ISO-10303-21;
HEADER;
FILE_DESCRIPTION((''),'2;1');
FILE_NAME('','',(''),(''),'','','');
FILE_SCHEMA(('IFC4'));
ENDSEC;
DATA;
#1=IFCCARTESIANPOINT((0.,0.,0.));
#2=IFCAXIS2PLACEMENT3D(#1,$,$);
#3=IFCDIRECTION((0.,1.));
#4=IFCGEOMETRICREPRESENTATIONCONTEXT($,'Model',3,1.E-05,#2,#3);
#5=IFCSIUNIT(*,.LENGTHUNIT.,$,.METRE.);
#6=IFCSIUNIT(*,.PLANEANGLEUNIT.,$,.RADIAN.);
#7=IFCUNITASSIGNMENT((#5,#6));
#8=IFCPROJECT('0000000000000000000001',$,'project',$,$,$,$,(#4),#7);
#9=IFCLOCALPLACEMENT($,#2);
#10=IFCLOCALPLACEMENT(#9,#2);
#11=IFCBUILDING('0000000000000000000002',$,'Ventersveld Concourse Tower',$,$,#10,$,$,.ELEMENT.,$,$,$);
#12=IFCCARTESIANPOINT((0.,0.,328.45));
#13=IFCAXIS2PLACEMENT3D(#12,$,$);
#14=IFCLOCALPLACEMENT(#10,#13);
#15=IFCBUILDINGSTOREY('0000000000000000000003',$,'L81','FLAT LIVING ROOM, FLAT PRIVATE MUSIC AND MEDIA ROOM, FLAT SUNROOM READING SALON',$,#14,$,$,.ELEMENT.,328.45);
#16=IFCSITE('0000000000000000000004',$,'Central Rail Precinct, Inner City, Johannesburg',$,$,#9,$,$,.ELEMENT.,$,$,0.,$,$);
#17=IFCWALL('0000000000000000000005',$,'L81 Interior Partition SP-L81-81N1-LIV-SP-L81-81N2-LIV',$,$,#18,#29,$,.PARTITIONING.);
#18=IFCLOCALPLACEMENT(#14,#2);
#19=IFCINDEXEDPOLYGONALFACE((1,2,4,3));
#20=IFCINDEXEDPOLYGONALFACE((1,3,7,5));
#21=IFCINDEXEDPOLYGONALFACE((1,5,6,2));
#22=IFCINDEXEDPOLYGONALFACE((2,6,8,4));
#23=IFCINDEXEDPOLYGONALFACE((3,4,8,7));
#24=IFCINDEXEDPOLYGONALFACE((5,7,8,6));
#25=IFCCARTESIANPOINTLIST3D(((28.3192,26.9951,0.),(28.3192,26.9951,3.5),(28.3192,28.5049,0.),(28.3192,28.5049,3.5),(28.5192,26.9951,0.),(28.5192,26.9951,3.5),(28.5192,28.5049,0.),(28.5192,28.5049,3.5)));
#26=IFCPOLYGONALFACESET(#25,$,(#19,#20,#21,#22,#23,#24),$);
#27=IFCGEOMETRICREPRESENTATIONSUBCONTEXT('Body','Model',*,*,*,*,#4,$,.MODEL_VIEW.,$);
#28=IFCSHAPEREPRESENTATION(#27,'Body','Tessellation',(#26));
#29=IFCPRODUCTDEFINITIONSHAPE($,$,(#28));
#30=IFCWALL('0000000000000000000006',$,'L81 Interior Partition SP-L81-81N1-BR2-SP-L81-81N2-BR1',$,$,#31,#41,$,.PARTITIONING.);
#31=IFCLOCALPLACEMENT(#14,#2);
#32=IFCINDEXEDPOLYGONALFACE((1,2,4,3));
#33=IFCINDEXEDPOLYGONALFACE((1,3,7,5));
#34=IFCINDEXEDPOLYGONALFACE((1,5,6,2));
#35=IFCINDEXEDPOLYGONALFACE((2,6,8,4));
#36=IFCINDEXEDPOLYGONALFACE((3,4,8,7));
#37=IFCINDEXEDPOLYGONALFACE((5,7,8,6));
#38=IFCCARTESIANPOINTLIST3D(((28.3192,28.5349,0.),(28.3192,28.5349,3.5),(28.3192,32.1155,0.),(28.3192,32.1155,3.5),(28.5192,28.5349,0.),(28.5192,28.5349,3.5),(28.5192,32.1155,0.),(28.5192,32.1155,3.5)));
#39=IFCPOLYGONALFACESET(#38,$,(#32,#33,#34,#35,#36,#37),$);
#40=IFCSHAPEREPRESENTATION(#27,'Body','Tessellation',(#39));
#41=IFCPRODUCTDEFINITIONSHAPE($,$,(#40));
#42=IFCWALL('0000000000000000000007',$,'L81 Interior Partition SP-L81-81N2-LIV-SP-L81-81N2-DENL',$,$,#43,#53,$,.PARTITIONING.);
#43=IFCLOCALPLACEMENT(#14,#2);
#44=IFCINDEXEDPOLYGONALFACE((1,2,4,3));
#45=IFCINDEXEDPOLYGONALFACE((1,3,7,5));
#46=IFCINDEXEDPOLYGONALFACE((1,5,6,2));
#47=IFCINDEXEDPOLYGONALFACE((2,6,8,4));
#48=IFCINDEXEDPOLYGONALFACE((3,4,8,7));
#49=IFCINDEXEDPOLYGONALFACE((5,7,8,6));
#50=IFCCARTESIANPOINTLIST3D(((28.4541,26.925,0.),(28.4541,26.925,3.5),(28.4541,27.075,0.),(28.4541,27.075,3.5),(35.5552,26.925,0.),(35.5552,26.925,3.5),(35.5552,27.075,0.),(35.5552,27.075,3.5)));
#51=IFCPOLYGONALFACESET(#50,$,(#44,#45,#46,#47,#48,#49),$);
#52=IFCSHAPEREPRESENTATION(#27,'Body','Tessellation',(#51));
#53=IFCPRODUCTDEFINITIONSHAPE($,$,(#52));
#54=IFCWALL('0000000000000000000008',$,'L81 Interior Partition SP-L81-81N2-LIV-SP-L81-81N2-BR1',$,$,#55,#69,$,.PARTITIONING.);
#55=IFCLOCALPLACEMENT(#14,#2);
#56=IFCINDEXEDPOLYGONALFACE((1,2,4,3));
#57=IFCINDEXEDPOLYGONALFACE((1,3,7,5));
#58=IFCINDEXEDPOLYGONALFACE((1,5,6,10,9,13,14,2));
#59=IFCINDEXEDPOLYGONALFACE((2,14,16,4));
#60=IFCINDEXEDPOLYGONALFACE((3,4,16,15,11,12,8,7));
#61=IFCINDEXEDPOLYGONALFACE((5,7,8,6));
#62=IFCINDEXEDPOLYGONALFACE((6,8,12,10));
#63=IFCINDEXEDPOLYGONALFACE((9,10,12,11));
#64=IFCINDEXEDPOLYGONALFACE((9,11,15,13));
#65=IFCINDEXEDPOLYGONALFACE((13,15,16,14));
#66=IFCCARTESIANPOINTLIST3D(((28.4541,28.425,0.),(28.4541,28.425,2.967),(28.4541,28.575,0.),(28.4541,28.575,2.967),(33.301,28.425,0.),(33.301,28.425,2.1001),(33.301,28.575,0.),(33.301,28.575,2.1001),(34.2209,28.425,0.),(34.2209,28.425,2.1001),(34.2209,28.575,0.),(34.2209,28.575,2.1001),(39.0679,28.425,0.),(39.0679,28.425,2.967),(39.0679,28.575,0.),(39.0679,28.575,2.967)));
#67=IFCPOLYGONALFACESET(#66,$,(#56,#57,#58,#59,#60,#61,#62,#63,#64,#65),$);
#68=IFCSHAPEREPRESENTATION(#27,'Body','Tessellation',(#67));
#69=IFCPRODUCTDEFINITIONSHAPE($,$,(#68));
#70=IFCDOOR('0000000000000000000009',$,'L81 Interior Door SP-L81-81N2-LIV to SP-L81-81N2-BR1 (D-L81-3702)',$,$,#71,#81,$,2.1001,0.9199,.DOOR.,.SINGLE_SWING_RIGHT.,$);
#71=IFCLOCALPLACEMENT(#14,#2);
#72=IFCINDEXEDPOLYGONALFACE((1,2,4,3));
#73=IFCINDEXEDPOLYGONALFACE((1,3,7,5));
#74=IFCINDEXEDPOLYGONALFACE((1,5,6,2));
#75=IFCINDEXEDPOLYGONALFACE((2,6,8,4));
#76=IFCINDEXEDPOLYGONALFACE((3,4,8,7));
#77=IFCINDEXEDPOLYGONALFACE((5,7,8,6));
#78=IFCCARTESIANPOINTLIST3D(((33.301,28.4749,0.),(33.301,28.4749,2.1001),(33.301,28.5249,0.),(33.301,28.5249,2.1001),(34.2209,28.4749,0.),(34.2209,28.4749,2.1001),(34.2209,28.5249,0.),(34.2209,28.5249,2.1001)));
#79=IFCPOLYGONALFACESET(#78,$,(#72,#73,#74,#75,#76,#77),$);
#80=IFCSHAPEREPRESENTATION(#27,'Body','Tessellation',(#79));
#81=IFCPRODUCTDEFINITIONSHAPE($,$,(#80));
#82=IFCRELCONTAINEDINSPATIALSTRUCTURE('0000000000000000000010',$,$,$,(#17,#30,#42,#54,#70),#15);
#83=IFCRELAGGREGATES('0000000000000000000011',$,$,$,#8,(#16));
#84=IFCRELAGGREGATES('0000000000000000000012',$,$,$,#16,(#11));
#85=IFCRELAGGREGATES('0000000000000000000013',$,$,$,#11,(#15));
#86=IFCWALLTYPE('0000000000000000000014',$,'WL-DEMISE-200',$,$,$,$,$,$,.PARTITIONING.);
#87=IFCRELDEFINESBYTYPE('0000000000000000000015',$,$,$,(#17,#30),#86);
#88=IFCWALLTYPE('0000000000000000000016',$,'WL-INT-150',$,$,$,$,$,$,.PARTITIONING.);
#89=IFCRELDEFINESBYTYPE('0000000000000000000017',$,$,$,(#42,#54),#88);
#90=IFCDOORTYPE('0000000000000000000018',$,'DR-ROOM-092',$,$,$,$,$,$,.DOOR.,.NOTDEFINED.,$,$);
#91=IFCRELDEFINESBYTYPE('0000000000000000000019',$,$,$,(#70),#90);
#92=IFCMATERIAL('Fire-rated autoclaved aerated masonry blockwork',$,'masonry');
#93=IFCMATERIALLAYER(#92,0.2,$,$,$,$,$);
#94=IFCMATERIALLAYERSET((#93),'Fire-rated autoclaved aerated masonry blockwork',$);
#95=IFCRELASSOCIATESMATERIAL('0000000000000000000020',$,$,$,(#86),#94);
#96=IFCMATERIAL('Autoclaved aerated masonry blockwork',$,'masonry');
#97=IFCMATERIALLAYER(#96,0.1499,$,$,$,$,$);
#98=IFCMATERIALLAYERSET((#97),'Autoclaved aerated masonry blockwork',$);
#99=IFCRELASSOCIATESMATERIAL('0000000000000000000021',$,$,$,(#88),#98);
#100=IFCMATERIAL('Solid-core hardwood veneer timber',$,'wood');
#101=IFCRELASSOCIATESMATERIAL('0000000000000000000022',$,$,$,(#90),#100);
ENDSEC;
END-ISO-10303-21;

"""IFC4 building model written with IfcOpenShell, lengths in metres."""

from ifc_helpers import new_model, si_unit, direction, frame, frame_2d, origin, place, context, subcontext, project, spatial, rectangle, extrude, material, layer, layer_set, type_object, element, fill, save


model = new_model("IFC4")

# Units and contexts
model_context = context("Model", 3, precision=1e-05, world=origin(), true_north=direction((0.0, 1.0)))
body_context = subcontext(model_context, "Body", "Model", "MODEL_VIEW")
ifc_project = project(units=[si_unit("LENGTHUNIT", "METRE"), si_unit("PLANEANGLEUNIT", "RADIAN")], contexts=[model_context])

# Site, building, storey
site_placement = place(None, origin())
site = spatial("IfcSite", under=ifc_project, at=site_placement, Name="Central Rail Precinct, Inner City, Johannesburg", CompositionType="ELEMENT", RefElevation=0.0)
building_placement = place(site_placement, origin())
building = spatial("IfcBuilding", under=site, at=building_placement, Name="Ventersveld Concourse Tower", CompositionType="ELEMENT")
storey_placement = place(building_placement, frame((0.0, 0.0, 328.45)))
storey = spatial("IfcBuildingStorey", under=building, at=storey_placement, Name="L81", Description="FLAT LIVING ROOM, FLAT PRIVATE MUSIC AND MEDIA ROOM, FLAT SUNROOM READING SALON", CompositionType="ELEMENT", Elevation=328.45)

# Walls
ifc_material_1 = material(Name="Fire-rated autoclaved aerated masonry blockwork", Category="masonry")
ifc_layer_1 = layer(ifc_material_1, 0.2)
ifc_layer_set_1 = layer_set([ifc_layer_1], Name="Fire-rated autoclaved aerated masonry blockwork")
wall_type_1 = type_object("IfcWallType", Name="WL-DEMISE-200", PredefinedType="PARTITIONING", material=ifc_layer_set_1)
wall_1_placement = place(storey_placement, frame((28.4192, 26.9951, 0.0), z_axis=(0.0, 0.0, 1.0), x_axis=(0.0, 1.0, 0.0)))
element("IfcWall", 1, at=wall_1_placement, inside=storey, type_object=wall_type_1, Name="L81 Interior Partition SP-L81-81N1-LIV-SP-L81-81N2-LIV", PredefinedType="PARTITIONING", context=body_context, shape_type="SweptSolid", body=[
    extrude(rectangle(XDim=1.5098, YDim=0.2, at=frame_2d((0.7549, 0.0))), origin(), (0.0, 0.0, 1.0), 3.5),
])
wall_2_placement = place(storey_placement, frame((28.4192, 28.5349, 0.0), z_axis=(0.0, 0.0, 1.0), x_axis=(0.0, 1.0, 0.0)))
element("IfcWall", 2, at=wall_2_placement, inside=storey, type_object=wall_type_1, Name="L81 Interior Partition SP-L81-81N1-BR2-SP-L81-81N2-BR1", PredefinedType="PARTITIONING", context=body_context, shape_type="SweptSolid", body=[
    extrude(rectangle(XDim=3.5806, YDim=0.2, at=frame_2d((1.7903, 0.0))), origin(), (0.0, 0.0, 1.0), 3.5),
])
ifc_material_2 = material(Name="Autoclaved aerated masonry blockwork", Category="masonry")
ifc_layer_2 = layer(ifc_material_2, 0.1499)
ifc_layer_set_2 = layer_set([ifc_layer_2], Name="Autoclaved aerated masonry blockwork")
wall_type_2 = type_object("IfcWallType", Name="WL-INT-150", PredefinedType="PARTITIONING", material=ifc_layer_set_2)
wall_3_placement = place(storey_placement, frame((28.4541, 27.0, 0.0), z_axis=(0.0, 0.0, 1.0), x_axis=(1.0, 0.0, 0.0)))
element("IfcWall", 3, at=wall_3_placement, inside=storey, type_object=wall_type_2, Name="L81 Interior Partition SP-L81-81N2-LIV-SP-L81-81N2-DENL", PredefinedType="PARTITIONING", context=body_context, shape_type="SweptSolid", body=[
    extrude(rectangle(XDim=7.1011, YDim=0.1499, at=frame_2d((3.5505, 0.0))), origin(), (0.0, 0.0, 1.0), 3.5),
])

# Wall, opening, door
wall_4_placement = place(storey_placement, frame((28.4541, 28.5, 0.0), z_axis=(0.0, 0.0, 1.0), x_axis=(1.0, 0.0, 0.0)))
wall_4 = element("IfcWall", 4, at=wall_4_placement, inside=storey, type_object=wall_type_2, Name="L81 Interior Partition SP-L81-81N2-LIV-SP-L81-81N2-BR1", PredefinedType="PARTITIONING", context=body_context, shape_type="SweptSolid", body=[
    extrude(rectangle(XDim=10.6138, YDim=0.1499, at=frame_2d((5.3069, 0.0))), origin(), (0.0, 0.0, 1.0), 2.967),
])
opening_placement = place(wall_4_placement, frame((4.8469, 0.0, 0.0)))
opening = element("IfcOpeningElement", 5, at=opening_placement, cuts=wall_4, PredefinedType="OPENING", context=body_context, shape_type="SweptSolid", body=[
    extrude(rectangle(XDim=0.9199, YDim=2.1001, at=frame_2d((0.46, 1.05))), frame((0.0, 0.085, 0.0), z_axis=(0.0, -1.0, 0.0), x_axis=(1.0, 0.0, 0.0)), (0.0, 0.0, 1.0), 0.1699),
])
ifc_material_3 = material(Name="Solid-core hardwood veneer timber", Category="wood")
door_type = type_object("IfcDoorType", Name="DR-ROOM-092", OperationType="NOTDEFINED", PredefinedType="DOOR", material=ifc_material_3)
door_placement = place(opening_placement, origin())
door = element("IfcDoor", 6, at=door_placement, inside=storey, type_object=door_type, Name="L81 Interior Door SP-L81-81N2-LIV to SP-L81-81N2-BR1 (D-L81-3702)", OperationType="SINGLE_SWING_RIGHT", OverallHeight=2.1001, OverallWidth=0.9199, PredefinedType="DOOR", context=body_context, shape_type="SweptSolid", body=[
    extrude(rectangle(XDim=0.9199, YDim=2.1001, at=frame_2d((0.46, 1.05))), frame((0.0, 0.0249, 0.0), z_axis=(0.0, -1.0, 0.0), x_axis=(1.0, 0.0, 0.0)), (0.0, 0.0, 1.0), 0.05),
])
fill(opening, door)

save(model, "model.ifc")
